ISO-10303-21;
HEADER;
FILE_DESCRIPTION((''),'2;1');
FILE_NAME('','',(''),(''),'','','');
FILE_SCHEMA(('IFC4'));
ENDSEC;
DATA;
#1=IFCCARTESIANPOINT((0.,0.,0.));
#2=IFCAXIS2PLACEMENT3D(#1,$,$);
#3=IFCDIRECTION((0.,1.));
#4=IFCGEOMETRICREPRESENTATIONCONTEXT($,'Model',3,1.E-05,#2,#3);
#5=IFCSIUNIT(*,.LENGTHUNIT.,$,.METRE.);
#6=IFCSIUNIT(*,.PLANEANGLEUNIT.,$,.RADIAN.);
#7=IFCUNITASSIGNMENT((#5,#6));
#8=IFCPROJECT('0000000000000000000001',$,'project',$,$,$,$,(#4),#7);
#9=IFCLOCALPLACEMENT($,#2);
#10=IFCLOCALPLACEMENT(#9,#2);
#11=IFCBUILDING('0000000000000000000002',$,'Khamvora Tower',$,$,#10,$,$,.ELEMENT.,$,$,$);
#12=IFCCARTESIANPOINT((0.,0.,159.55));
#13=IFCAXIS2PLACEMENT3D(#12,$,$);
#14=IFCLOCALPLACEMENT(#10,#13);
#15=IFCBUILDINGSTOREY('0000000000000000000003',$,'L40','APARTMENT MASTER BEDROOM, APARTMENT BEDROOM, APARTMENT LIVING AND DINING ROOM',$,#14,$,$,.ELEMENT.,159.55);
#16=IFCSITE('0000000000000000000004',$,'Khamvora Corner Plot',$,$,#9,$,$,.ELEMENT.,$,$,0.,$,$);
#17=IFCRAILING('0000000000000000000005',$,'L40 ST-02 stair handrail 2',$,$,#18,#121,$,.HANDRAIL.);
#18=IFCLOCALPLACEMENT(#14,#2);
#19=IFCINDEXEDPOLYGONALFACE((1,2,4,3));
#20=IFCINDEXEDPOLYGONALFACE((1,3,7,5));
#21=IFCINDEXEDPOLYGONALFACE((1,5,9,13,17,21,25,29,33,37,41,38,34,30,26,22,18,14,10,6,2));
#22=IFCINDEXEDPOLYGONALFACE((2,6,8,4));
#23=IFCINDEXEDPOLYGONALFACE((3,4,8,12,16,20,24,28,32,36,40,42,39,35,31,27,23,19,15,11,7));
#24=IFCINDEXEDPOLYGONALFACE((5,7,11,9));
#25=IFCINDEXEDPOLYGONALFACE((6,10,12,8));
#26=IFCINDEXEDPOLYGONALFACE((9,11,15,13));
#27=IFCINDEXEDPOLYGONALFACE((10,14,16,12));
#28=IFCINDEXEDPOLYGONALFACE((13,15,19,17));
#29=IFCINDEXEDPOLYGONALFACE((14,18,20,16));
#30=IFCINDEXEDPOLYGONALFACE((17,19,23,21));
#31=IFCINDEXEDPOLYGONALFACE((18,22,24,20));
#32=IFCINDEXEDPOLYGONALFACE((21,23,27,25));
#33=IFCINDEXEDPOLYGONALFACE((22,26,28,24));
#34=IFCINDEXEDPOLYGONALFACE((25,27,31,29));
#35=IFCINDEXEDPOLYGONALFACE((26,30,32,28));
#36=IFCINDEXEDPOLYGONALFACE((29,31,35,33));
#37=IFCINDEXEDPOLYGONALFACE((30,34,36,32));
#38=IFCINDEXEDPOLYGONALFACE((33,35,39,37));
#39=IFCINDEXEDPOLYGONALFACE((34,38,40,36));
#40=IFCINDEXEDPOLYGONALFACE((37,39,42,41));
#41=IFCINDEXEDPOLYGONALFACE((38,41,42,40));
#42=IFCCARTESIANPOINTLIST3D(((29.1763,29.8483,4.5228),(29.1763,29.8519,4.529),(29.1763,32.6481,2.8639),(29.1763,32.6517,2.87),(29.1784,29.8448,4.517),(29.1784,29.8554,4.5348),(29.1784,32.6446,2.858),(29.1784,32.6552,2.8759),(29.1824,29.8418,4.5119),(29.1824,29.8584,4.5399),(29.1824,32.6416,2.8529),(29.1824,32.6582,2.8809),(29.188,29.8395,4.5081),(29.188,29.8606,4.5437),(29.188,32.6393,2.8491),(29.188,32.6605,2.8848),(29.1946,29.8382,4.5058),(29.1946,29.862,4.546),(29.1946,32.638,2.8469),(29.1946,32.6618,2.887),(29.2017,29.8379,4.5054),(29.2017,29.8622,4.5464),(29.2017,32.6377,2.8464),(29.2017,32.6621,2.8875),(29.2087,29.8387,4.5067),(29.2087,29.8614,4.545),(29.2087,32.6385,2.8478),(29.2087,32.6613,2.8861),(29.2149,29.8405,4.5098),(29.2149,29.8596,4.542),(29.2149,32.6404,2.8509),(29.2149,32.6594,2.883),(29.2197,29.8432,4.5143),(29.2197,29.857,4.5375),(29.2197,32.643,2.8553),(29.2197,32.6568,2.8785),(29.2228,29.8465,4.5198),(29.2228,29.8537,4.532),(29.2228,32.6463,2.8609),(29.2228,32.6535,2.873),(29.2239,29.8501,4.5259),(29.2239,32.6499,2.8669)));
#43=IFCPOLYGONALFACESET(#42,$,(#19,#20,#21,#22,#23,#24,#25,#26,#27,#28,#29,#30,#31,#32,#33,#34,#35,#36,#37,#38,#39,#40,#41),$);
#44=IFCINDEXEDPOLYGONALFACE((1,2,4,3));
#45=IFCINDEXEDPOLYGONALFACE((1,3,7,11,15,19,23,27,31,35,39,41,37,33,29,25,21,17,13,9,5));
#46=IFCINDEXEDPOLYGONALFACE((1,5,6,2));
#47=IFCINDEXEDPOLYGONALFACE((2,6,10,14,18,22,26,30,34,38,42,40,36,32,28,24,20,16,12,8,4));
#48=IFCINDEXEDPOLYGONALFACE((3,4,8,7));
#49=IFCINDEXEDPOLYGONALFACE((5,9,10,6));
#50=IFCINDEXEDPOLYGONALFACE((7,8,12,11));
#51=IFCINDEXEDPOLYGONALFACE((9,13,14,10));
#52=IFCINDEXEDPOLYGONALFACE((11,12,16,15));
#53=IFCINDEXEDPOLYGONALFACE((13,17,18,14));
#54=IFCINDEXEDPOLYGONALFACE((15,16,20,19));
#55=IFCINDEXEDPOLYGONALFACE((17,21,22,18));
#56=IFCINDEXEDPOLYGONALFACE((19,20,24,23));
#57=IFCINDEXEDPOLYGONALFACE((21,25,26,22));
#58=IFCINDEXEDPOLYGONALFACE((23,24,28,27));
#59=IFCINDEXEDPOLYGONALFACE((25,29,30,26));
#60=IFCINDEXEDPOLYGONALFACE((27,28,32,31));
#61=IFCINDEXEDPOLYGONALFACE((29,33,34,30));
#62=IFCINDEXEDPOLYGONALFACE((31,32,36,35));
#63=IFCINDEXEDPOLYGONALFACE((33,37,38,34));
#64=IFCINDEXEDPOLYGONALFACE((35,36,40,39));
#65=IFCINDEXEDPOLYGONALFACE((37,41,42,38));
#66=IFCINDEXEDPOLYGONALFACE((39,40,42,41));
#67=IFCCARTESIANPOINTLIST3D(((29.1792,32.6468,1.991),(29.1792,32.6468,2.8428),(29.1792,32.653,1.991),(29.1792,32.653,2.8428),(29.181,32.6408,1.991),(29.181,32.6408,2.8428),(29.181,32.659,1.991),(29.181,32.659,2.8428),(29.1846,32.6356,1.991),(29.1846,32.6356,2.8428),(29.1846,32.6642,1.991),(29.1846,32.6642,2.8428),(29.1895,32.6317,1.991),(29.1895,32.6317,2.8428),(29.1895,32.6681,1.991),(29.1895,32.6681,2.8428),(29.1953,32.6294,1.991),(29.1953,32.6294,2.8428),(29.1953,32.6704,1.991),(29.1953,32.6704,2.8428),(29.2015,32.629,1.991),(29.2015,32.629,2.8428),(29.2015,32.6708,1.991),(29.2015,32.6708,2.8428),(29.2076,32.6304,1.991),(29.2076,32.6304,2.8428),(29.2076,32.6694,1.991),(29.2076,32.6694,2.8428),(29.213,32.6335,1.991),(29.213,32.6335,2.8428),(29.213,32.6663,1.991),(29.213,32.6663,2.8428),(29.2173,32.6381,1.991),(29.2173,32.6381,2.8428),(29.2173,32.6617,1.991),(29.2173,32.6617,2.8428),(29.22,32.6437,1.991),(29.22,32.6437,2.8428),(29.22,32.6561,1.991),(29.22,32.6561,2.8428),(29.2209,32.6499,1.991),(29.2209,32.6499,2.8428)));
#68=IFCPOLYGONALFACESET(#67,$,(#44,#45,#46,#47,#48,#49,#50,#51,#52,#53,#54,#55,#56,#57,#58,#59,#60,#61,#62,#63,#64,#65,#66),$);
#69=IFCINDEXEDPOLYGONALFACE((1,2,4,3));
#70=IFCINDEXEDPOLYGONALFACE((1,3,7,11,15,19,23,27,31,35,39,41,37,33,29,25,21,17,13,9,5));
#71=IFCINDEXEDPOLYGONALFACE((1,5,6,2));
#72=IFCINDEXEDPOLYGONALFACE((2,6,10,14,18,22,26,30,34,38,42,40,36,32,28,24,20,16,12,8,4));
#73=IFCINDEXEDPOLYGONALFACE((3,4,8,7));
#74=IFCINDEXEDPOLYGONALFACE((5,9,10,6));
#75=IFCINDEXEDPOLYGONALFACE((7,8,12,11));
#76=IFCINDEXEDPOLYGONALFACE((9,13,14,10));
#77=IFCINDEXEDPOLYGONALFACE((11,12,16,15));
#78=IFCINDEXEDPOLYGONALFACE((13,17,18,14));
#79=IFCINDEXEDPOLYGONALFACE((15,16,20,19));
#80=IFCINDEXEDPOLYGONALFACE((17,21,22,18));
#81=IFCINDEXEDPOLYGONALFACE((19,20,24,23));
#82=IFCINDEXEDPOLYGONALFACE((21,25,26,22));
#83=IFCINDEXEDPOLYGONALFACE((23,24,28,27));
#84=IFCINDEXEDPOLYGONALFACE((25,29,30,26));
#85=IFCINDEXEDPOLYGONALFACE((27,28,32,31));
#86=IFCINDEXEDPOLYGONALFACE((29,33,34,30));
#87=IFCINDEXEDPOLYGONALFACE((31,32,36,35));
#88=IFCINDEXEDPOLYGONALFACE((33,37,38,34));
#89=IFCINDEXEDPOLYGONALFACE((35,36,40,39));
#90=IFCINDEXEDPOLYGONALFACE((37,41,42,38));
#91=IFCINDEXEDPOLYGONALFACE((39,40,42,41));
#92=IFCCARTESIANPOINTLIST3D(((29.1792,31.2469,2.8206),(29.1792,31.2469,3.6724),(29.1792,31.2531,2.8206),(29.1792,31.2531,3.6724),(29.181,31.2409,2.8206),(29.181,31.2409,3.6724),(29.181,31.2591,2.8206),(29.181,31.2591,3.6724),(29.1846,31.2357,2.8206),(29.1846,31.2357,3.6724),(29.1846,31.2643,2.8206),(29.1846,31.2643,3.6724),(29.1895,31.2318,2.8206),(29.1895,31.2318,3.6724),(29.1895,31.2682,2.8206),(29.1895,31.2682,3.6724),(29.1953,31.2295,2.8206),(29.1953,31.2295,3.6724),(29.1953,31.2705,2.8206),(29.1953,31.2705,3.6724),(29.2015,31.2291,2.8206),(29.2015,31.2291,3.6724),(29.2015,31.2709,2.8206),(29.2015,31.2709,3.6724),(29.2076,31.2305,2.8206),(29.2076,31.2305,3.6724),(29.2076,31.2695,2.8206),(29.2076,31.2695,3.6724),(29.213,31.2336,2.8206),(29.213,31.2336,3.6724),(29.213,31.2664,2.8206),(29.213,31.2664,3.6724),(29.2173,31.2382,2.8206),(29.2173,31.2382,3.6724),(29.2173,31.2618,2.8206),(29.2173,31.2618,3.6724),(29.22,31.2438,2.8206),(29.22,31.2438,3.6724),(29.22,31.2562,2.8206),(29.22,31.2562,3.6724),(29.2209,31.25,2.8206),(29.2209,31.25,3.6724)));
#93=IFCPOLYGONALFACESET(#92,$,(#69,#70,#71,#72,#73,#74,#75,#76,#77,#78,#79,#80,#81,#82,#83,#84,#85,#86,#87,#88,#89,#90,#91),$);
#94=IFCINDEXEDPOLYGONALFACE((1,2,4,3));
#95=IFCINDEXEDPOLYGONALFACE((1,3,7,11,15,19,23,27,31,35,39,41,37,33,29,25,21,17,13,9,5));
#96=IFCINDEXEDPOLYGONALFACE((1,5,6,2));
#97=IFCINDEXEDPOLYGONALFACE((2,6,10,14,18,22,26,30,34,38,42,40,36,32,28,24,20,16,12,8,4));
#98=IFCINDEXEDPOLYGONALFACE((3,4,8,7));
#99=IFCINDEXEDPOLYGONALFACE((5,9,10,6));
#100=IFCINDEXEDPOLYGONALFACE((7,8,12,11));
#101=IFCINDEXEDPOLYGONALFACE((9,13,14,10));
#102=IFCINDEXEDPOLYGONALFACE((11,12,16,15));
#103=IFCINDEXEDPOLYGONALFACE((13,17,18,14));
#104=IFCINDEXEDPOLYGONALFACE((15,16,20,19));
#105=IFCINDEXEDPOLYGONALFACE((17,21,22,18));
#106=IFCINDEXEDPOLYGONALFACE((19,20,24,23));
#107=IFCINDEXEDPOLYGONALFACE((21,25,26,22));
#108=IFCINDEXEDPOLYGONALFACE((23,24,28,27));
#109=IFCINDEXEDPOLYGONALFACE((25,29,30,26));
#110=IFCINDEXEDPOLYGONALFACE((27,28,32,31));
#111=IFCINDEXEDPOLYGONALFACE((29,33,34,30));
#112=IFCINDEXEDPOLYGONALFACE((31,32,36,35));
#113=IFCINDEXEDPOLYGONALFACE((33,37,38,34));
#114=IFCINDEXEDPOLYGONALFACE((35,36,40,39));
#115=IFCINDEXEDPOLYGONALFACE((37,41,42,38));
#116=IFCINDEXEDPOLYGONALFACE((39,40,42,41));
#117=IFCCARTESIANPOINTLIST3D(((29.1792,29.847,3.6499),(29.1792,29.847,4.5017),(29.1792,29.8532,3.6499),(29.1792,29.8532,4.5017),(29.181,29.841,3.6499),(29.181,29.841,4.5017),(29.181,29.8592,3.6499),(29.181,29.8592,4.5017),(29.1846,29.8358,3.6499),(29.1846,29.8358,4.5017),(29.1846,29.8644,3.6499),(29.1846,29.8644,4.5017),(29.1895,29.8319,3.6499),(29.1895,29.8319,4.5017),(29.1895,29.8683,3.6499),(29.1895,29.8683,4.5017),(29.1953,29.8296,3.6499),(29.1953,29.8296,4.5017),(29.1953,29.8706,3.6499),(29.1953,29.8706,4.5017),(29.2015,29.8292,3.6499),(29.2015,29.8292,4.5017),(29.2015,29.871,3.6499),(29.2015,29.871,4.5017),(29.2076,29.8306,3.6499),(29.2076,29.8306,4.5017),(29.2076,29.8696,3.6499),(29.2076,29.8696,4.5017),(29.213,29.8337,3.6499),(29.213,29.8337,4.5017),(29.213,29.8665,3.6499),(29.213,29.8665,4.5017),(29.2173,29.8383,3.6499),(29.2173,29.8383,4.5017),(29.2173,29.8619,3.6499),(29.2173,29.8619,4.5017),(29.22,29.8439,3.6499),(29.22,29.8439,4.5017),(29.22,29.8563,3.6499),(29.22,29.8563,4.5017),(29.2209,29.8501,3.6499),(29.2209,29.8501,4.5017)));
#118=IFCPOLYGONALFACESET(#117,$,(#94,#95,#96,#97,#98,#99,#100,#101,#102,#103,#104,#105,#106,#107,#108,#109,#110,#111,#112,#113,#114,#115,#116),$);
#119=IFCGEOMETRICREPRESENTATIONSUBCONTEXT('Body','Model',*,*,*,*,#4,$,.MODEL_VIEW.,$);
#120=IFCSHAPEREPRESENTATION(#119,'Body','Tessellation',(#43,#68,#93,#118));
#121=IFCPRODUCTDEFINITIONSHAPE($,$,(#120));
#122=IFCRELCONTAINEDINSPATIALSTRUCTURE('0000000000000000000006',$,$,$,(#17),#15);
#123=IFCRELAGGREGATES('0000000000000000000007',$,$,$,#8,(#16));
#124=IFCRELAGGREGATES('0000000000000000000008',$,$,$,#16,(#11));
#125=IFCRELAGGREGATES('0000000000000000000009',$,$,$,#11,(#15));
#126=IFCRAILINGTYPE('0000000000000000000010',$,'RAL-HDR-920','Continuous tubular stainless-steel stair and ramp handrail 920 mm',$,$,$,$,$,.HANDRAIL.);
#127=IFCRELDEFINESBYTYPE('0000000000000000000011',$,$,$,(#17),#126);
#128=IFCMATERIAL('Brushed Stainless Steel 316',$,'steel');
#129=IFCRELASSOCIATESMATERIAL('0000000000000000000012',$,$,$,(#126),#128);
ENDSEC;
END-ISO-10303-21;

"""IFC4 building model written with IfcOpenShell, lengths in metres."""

from ifc_helpers import new_model, si_unit, direction, frame, origin, origin_2d, place, context, subcontext, project, spatial, circle, extrude, material, type_object, element, save


model = new_model("IFC4")

# Units and contexts
model_context = context("Model", 3, precision=1e-05, world=origin(), true_north=direction((0.0, 1.0)))
body_context = subcontext(model_context, "Body", "Model", "MODEL_VIEW")
ifc_project = project(units=[si_unit("LENGTHUNIT", "METRE"), si_unit("PLANEANGLEUNIT", "RADIAN")], contexts=[model_context])

# Site, building, storey
site_placement = place(None, origin())
site = spatial("IfcSite", under=ifc_project, at=site_placement, Name="Khamvora Corner Plot", CompositionType="ELEMENT", RefElevation=0.0)
building_placement = place(site_placement, origin())
building = spatial("IfcBuilding", under=site, at=building_placement, Name="Khamvora Tower", CompositionType="ELEMENT")
storey_placement = place(building_placement, frame((0.0, 0.0, 159.55)))
storey = spatial("IfcBuildingStorey", under=building, at=storey_placement, Name="L40", Description="APARTMENT MASTER BEDROOM, APARTMENT BEDROOM, APARTMENT LIVING AND DINING ROOM", CompositionType="ELEMENT", Elevation=159.55)

# Railing
ifc_material_1 = material(Name="Brushed Stainless Steel 316", Category="steel")
railing_type_1 = type_object("IfcRailingType", Name="RAL-HDR-920", Description="Continuous tubular stainless-steel stair and ramp handrail 920 mm", PredefinedType="HANDRAIL", material=ifc_material_1)
railing_1_placement = place(storey_placement, frame((29.2, 32.6499, 1.991)))
element("IfcRailing", 1, at=railing_1_placement, inside=storey, type_object=railing_type_1, Name="L40 ST-02 stair handrail 2", PredefinedType="HANDRAIL", context=body_context, shape_type="SweptSolid", body=[
    extrude(circle(Radius=0.0239, at=origin_2d()), frame((0.0, 0.0, 0.876), z_axis=(0.0, -0.86032, 0.509755), x_axis=(1.0, 0.0, 0.0)), (0.0, 0.0, 1.0), 3.2544),
    extrude(circle(Radius=0.021, at=origin_2d()), origin(), (0.0, 0.0, 1.0), 0.8518),
    extrude(circle(Radius=0.021, at=origin_2d()), frame((0.0, -1.3999, 0.8296)), (0.0, 0.0, 1.0), 0.8518),
    extrude(circle(Radius=0.021, at=origin_2d()), frame((0.0, -2.7998, 1.6589)), (0.0, 0.0, 1.0), 0.8518),
])

save(model, "model.ifc")
